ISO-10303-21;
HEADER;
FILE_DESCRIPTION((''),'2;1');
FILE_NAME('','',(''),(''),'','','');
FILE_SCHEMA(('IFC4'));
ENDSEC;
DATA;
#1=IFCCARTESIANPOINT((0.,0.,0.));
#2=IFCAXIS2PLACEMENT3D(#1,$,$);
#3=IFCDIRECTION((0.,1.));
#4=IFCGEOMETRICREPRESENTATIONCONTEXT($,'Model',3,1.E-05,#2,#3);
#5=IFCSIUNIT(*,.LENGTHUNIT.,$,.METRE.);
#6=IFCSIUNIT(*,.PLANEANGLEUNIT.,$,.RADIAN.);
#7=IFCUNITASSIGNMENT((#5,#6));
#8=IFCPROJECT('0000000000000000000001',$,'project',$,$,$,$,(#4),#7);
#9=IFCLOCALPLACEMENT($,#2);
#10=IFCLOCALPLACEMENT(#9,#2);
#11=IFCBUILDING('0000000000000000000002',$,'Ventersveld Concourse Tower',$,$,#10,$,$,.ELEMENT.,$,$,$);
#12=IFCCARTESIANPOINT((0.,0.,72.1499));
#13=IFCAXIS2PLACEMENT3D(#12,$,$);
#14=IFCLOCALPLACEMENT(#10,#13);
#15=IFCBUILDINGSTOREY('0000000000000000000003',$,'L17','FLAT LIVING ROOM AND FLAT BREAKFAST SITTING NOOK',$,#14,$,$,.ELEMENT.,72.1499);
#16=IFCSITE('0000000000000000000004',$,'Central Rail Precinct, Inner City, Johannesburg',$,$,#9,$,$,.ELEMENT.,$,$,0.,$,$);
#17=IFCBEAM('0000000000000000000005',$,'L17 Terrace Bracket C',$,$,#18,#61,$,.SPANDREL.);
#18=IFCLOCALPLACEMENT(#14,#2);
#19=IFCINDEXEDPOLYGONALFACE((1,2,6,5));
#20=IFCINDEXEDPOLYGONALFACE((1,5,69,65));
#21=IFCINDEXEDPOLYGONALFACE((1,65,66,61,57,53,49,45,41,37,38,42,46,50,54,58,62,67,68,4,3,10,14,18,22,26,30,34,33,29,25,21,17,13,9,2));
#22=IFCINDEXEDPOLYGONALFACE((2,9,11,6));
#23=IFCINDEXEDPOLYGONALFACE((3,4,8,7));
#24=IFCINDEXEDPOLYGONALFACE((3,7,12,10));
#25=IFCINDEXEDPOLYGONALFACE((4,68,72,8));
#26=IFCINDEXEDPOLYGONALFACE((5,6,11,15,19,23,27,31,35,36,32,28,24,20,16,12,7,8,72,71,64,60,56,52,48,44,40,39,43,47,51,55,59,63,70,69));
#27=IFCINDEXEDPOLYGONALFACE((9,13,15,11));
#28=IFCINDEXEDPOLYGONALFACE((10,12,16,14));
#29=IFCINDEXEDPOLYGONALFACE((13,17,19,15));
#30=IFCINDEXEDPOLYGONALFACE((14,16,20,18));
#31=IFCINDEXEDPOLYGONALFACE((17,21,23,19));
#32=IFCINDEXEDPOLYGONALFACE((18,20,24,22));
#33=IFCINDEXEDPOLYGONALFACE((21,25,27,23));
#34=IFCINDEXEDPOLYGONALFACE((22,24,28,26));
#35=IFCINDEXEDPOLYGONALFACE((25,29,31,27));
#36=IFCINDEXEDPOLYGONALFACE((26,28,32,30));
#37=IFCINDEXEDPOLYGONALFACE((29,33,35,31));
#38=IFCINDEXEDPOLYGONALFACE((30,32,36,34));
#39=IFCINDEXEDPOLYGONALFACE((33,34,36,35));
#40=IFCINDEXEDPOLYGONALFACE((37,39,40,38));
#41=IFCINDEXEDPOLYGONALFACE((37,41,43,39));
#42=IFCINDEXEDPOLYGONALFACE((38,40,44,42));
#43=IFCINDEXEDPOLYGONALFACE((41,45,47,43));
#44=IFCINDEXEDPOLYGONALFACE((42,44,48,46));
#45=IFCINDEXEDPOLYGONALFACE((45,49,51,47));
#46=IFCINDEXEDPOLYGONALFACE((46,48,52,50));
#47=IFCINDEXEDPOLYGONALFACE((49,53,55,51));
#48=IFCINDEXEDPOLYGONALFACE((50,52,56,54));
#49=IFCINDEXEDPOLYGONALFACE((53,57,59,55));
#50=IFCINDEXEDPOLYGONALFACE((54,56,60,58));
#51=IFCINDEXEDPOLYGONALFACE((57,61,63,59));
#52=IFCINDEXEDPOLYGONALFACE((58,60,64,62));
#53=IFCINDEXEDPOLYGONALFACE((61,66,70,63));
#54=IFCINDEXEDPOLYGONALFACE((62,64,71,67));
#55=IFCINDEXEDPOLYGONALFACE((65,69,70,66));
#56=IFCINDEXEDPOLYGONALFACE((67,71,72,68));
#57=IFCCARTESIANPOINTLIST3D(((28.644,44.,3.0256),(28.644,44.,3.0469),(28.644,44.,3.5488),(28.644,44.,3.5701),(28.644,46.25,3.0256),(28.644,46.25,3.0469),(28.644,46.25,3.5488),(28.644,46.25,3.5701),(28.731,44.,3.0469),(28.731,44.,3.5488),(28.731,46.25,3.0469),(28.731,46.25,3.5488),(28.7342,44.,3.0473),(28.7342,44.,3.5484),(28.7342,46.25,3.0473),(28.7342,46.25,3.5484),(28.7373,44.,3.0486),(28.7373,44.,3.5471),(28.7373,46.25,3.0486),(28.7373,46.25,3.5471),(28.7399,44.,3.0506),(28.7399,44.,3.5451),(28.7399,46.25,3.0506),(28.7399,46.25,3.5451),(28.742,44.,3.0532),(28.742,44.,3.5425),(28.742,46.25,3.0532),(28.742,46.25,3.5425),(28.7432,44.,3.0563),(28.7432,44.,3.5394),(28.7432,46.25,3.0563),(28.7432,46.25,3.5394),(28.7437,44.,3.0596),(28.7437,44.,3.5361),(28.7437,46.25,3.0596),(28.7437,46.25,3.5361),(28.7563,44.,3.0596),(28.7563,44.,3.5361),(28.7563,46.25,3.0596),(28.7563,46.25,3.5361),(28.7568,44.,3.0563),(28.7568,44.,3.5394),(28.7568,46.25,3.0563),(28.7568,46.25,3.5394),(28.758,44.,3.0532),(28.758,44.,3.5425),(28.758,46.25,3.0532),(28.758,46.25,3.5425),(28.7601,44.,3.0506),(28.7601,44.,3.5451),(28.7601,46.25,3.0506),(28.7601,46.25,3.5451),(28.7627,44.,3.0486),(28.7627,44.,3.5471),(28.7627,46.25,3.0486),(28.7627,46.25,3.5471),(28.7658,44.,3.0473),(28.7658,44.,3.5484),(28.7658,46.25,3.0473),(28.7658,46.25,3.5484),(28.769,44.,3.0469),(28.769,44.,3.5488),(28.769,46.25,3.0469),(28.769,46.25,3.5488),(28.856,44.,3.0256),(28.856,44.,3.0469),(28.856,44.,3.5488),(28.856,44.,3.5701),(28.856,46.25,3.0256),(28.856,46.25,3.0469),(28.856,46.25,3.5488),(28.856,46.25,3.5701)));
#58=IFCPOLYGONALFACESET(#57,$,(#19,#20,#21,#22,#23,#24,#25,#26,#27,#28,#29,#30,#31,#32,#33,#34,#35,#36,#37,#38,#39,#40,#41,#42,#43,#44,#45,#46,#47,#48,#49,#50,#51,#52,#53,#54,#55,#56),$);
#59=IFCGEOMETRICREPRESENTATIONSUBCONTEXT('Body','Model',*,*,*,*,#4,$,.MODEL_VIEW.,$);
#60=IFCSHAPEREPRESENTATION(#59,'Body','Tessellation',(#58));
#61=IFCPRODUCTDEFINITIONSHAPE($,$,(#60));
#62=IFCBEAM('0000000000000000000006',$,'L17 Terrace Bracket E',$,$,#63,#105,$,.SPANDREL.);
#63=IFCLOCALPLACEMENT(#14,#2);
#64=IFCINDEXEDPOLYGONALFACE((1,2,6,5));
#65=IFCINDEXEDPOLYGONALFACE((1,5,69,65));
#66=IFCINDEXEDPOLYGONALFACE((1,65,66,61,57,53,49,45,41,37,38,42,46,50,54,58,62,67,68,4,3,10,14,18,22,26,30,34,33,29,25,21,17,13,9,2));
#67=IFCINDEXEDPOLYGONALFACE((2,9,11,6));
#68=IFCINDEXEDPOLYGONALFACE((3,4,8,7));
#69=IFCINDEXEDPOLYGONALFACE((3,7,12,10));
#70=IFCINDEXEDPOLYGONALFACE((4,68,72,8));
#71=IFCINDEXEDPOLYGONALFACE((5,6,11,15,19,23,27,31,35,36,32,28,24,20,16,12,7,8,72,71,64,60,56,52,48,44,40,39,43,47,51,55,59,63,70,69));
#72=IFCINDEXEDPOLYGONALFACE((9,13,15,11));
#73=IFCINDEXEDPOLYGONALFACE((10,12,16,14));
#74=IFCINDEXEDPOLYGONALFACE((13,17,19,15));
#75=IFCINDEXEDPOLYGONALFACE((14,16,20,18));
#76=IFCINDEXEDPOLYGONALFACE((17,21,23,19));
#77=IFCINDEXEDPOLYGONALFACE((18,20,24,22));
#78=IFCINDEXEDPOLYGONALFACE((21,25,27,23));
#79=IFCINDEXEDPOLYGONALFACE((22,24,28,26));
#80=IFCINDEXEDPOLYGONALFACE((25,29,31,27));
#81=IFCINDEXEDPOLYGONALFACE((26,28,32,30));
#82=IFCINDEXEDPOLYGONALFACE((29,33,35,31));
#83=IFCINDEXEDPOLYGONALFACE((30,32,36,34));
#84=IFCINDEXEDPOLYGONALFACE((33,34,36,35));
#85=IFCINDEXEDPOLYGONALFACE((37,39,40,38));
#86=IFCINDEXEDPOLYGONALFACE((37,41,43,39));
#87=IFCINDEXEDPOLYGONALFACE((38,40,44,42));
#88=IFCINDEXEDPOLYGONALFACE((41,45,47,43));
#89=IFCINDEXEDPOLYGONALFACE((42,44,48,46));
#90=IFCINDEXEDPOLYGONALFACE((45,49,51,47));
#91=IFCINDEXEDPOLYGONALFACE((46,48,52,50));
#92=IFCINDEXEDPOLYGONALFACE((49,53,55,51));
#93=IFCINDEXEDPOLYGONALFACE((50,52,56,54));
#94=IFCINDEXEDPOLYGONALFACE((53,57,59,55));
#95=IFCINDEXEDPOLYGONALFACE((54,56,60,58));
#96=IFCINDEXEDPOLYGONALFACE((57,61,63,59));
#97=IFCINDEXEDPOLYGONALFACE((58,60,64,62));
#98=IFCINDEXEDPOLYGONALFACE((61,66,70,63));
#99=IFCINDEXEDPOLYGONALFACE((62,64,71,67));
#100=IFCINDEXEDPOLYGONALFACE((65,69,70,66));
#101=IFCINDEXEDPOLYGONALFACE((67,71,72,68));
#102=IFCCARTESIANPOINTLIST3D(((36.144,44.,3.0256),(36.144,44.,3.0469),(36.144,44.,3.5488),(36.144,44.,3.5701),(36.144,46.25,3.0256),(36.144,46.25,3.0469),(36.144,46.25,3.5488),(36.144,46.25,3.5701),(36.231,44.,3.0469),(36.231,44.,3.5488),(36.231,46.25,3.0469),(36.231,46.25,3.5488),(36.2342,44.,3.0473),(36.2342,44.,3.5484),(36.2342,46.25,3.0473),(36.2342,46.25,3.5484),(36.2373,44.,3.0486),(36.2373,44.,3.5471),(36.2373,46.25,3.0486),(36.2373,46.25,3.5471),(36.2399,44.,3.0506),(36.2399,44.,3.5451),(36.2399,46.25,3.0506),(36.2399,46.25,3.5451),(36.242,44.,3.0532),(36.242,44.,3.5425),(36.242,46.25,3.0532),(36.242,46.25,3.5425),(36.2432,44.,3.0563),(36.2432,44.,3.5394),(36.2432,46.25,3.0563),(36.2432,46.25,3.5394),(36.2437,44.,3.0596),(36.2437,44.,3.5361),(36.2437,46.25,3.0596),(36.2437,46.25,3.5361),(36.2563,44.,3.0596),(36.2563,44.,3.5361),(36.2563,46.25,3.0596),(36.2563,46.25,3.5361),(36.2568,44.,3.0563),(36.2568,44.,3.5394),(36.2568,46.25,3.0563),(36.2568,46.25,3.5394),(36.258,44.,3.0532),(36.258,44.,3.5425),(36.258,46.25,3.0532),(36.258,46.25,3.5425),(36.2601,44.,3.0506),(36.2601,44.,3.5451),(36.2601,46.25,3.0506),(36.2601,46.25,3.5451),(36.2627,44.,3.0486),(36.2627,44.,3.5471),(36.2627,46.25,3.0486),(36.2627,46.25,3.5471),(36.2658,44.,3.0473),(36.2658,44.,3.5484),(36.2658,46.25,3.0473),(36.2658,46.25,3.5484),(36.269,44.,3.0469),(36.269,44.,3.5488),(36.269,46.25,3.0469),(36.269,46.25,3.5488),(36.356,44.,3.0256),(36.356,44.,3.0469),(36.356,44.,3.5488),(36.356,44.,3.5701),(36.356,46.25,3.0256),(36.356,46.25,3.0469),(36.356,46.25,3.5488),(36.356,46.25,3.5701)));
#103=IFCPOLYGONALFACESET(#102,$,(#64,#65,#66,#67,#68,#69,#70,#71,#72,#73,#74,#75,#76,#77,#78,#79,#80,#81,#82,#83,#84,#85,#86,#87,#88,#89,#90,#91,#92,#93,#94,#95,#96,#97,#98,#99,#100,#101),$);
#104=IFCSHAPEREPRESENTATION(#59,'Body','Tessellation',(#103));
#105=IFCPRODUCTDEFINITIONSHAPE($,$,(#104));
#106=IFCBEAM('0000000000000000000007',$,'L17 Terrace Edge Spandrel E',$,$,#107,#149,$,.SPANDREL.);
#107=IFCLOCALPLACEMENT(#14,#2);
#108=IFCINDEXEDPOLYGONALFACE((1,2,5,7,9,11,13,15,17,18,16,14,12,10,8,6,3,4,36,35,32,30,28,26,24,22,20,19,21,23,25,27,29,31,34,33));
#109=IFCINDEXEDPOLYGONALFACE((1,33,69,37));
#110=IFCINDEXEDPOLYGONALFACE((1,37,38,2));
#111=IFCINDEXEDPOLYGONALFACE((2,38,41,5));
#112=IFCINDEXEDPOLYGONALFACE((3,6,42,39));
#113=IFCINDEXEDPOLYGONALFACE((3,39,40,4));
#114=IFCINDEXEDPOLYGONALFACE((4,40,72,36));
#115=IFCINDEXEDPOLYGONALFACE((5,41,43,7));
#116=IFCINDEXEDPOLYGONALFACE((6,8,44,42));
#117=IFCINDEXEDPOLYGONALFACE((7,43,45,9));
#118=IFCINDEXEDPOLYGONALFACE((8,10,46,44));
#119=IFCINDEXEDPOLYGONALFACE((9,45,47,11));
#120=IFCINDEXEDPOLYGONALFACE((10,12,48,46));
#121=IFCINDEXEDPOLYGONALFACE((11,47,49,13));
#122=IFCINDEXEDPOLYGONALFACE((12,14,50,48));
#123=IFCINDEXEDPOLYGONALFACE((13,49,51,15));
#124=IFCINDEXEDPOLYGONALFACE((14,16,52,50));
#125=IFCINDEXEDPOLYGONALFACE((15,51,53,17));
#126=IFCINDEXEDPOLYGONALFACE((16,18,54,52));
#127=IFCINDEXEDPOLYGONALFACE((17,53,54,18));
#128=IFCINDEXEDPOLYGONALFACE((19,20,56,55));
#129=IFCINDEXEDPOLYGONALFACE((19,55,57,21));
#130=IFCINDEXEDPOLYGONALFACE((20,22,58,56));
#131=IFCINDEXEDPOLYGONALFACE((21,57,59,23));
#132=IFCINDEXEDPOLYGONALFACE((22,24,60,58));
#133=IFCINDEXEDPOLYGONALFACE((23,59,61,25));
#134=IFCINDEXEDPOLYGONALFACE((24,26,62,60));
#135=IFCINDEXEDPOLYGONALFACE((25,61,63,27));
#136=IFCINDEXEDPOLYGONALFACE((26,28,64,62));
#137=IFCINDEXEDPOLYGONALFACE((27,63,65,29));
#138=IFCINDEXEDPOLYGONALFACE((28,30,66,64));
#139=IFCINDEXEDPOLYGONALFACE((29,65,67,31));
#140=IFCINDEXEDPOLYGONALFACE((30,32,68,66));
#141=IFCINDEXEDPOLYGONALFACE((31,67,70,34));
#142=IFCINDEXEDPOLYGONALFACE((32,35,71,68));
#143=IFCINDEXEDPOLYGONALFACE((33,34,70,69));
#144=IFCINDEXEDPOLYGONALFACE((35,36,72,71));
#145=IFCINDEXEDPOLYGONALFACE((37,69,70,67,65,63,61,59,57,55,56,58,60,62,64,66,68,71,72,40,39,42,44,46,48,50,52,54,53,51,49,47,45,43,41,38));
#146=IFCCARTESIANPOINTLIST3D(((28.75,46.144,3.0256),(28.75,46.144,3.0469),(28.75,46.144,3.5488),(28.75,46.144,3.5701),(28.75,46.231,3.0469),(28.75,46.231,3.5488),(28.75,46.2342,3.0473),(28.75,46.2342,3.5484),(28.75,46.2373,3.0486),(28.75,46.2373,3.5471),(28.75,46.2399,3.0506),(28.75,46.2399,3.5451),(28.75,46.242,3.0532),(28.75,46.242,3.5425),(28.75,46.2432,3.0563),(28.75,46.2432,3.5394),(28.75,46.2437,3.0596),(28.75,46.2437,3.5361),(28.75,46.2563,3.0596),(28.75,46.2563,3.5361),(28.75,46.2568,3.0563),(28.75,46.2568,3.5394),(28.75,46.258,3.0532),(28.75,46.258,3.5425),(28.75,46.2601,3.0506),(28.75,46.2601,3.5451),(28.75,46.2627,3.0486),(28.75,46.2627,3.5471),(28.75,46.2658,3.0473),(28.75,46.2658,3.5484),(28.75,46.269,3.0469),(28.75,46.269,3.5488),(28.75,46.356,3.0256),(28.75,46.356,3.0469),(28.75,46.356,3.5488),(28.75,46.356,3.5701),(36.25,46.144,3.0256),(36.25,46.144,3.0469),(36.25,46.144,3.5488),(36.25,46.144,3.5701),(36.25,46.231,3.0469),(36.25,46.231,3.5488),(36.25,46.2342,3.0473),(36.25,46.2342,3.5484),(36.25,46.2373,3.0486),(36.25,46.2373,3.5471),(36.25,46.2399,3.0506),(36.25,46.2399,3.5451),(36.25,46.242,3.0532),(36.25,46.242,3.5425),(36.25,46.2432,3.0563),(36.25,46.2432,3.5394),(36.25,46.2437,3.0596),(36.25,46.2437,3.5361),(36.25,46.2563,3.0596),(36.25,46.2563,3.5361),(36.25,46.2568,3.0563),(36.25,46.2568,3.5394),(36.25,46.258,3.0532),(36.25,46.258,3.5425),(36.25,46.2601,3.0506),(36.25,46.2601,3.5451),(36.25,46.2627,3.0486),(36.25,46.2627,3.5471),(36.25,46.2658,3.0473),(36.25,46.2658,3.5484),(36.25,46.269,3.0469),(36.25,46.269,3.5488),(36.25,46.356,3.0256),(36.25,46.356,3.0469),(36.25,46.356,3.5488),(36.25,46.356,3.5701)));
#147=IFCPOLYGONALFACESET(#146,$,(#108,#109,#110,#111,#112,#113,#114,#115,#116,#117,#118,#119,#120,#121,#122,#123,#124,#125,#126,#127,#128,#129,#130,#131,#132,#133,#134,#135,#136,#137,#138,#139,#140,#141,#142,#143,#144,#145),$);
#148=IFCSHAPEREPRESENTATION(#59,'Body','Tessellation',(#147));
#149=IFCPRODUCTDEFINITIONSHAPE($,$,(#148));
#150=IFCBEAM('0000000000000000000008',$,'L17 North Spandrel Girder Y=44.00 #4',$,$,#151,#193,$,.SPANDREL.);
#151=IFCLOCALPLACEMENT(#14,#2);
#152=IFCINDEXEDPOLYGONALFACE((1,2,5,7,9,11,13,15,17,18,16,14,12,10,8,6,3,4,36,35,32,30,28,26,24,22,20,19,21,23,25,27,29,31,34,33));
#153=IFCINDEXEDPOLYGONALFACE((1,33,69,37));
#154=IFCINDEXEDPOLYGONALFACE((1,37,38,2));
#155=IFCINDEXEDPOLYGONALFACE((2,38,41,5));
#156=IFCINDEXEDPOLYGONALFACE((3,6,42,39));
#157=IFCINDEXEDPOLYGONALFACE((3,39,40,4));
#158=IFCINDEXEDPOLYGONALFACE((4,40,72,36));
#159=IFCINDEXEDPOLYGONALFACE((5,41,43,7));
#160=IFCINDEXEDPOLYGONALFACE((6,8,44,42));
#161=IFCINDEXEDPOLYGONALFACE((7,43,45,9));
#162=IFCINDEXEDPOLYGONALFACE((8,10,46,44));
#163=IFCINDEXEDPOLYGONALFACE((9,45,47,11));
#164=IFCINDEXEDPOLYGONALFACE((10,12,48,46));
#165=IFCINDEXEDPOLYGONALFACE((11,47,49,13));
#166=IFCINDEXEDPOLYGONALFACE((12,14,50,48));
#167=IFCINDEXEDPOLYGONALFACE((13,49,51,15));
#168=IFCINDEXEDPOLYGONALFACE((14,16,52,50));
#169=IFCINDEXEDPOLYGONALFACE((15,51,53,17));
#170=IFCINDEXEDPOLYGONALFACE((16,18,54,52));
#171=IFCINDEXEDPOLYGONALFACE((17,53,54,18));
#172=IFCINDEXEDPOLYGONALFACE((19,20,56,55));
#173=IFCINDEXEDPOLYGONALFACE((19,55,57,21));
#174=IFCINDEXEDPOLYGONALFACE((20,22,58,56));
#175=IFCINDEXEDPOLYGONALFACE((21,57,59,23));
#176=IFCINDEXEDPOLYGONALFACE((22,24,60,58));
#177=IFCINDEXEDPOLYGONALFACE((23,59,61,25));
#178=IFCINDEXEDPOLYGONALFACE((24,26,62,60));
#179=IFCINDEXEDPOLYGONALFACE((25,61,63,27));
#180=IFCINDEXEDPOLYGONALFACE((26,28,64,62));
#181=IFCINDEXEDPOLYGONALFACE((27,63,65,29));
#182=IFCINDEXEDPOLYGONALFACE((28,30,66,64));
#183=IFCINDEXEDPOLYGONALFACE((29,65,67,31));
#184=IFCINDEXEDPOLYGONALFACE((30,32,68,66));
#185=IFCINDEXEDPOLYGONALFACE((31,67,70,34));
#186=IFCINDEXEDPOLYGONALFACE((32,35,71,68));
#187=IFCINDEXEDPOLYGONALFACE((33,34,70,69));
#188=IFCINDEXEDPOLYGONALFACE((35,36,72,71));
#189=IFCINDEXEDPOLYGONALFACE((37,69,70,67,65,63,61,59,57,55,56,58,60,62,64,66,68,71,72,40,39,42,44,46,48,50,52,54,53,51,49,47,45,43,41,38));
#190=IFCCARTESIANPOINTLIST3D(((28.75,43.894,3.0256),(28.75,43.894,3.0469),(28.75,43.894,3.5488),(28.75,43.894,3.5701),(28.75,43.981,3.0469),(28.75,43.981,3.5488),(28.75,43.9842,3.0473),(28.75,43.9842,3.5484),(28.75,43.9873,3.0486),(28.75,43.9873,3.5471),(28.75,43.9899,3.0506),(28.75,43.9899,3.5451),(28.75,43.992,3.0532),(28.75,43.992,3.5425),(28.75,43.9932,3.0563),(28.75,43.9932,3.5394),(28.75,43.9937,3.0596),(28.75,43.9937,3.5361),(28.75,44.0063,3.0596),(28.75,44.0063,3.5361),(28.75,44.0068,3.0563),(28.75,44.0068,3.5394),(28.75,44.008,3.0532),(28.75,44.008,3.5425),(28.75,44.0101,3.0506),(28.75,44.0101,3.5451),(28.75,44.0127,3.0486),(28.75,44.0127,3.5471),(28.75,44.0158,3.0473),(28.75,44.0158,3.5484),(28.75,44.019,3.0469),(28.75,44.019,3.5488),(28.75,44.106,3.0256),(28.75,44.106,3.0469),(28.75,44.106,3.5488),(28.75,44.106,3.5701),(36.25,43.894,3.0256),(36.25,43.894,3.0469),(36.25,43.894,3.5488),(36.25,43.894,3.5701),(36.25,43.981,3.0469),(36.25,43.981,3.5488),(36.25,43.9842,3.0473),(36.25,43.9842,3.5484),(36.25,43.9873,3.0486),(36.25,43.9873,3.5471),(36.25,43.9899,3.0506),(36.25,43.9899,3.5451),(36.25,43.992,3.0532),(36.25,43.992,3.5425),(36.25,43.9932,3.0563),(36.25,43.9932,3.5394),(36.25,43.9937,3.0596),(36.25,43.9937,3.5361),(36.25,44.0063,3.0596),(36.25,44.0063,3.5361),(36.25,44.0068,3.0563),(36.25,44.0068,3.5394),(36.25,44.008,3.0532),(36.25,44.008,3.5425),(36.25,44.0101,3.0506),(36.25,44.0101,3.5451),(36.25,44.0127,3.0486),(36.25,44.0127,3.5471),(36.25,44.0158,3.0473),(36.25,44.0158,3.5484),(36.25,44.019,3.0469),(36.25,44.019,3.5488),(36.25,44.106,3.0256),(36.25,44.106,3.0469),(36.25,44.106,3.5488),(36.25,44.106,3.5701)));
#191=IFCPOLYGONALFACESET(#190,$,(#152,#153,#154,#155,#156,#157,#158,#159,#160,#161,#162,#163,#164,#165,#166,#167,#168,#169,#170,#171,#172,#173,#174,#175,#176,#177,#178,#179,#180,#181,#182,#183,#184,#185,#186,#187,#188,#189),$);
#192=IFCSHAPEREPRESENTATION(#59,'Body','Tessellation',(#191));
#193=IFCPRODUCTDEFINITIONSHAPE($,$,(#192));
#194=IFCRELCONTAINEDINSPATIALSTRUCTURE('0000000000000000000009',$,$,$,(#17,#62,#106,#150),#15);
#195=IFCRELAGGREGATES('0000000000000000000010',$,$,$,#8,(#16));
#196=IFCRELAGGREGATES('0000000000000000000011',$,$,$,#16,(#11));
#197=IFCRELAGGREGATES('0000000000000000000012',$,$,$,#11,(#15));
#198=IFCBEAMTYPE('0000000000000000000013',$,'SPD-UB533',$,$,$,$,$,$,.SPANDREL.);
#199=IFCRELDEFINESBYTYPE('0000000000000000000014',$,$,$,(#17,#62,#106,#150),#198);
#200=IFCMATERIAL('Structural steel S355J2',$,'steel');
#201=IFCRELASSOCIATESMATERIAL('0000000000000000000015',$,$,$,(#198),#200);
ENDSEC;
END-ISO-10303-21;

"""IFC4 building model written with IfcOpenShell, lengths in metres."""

from ifc_helpers import new_model, si_unit, direction, frame, origin, origin_2d, place, context, subcontext, project, spatial, i_section, extrude, material, material_profile, profile_set, type_object, element, save


model = new_model("IFC4")

# Units and contexts
model_context = context("Model", 3, precision=1e-05, world=origin(), true_north=direction((0.0, 1.0)))
body_context = subcontext(model_context, "Body", "Model", "MODEL_VIEW")
ifc_project = project(units=[si_unit("LENGTHUNIT", "METRE"), si_unit("PLANEANGLEUNIT", "RADIAN")], contexts=[model_context])

# Site, building, storey
site_placement = place(None, origin())
site = spatial("IfcSite", under=ifc_project, at=site_placement, Name="Central Rail Precinct, Inner City, Johannesburg", CompositionType="ELEMENT", RefElevation=0.0)
building_placement = place(site_placement, origin())
building = spatial("IfcBuilding", under=site, at=building_placement, Name="Ventersveld Concourse Tower", CompositionType="ELEMENT")
storey_placement = place(building_placement, frame((0.0, 0.0, 72.1499)))
storey = spatial("IfcBuildingStorey", under=building, at=storey_placement, Name="L17", Description="FLAT LIVING ROOM AND FLAT BREAKFAST SITTING NOOK", CompositionType="ELEMENT", Elevation=72.1499)

# Beams
ifc_material_1 = material(Name="Structural steel S355J2", Category="steel")
ifc_material_profile_1 = material_profile(ifc_material_1, i_section(OverallWidth=0.2119, OverallDepth=0.5444, WebThickness=0.0127, FlangeThickness=0.0212, FilletRadius=0.0127, at=origin_2d()), Name="UB 533x210x122")
ifc_profile_set_1 = profile_set([ifc_material_profile_1], Name="Structural steel S355J2")
beam_type_1 = type_object("IfcBeamType", Name="SPD-UB533", PredefinedType="SPANDREL", material=ifc_profile_set_1)
for number, where, z_axis, x_axis, name in (
    (1, (28.75, 44.0, 3.2979), (0.0, 1.0, 0.0), (-1.0, 0.0, 0.0), "L17 Terrace Bracket C"),
    (2, (36.25, 44.0, 3.2979), (0.0, 1.0, 0.0), (-1.0, 0.0, 0.0), "L17 Terrace Bracket E"),
):
    element("IfcBeam", number, at=place(storey_placement, frame(where, z_axis=z_axis, x_axis=x_axis)), inside=storey, type_object=beam_type_1, Name=name, PredefinedType="SPANDREL", context=body_context, shape_type="SweptSolid", body=[
        extrude(i_section(OverallWidth=0.2119, OverallDepth=0.5444, WebThickness=0.0127, FlangeThickness=0.0212, FilletRadius=0.0127, at=origin_2d()), origin(), (0.0, 0.0, 1.0), 2.25),
    ])
for number, where, z_axis, x_axis, name in (
    (3, (28.75, 46.25, 3.2979), (1.0, 0.0, 0.0), (0.0, 1.0, 0.0), "L17 Terrace Edge Spandrel E"),
    (4, (28.75, 44.0, 3.2979), (1.0, 0.0, 0.0), (0.0, 1.0, 0.0), "L17 North Spandrel Girder Y=44.00 #4"),
):
    element("IfcBeam", number, at=place(storey_placement, frame(where, z_axis=z_axis, x_axis=x_axis)), inside=storey, type_object=beam_type_1, Name=name, PredefinedType="SPANDREL", context=body_context, shape_type="SweptSolid", body=[
        extrude(i_section(OverallWidth=0.2119, OverallDepth=0.5444, WebThickness=0.0127, FlangeThickness=0.0212, FilletRadius=0.0127, at=origin_2d()), origin(), (0.0, 0.0, 1.0), 7.5),
    ])

save(model, "model.ifc")
